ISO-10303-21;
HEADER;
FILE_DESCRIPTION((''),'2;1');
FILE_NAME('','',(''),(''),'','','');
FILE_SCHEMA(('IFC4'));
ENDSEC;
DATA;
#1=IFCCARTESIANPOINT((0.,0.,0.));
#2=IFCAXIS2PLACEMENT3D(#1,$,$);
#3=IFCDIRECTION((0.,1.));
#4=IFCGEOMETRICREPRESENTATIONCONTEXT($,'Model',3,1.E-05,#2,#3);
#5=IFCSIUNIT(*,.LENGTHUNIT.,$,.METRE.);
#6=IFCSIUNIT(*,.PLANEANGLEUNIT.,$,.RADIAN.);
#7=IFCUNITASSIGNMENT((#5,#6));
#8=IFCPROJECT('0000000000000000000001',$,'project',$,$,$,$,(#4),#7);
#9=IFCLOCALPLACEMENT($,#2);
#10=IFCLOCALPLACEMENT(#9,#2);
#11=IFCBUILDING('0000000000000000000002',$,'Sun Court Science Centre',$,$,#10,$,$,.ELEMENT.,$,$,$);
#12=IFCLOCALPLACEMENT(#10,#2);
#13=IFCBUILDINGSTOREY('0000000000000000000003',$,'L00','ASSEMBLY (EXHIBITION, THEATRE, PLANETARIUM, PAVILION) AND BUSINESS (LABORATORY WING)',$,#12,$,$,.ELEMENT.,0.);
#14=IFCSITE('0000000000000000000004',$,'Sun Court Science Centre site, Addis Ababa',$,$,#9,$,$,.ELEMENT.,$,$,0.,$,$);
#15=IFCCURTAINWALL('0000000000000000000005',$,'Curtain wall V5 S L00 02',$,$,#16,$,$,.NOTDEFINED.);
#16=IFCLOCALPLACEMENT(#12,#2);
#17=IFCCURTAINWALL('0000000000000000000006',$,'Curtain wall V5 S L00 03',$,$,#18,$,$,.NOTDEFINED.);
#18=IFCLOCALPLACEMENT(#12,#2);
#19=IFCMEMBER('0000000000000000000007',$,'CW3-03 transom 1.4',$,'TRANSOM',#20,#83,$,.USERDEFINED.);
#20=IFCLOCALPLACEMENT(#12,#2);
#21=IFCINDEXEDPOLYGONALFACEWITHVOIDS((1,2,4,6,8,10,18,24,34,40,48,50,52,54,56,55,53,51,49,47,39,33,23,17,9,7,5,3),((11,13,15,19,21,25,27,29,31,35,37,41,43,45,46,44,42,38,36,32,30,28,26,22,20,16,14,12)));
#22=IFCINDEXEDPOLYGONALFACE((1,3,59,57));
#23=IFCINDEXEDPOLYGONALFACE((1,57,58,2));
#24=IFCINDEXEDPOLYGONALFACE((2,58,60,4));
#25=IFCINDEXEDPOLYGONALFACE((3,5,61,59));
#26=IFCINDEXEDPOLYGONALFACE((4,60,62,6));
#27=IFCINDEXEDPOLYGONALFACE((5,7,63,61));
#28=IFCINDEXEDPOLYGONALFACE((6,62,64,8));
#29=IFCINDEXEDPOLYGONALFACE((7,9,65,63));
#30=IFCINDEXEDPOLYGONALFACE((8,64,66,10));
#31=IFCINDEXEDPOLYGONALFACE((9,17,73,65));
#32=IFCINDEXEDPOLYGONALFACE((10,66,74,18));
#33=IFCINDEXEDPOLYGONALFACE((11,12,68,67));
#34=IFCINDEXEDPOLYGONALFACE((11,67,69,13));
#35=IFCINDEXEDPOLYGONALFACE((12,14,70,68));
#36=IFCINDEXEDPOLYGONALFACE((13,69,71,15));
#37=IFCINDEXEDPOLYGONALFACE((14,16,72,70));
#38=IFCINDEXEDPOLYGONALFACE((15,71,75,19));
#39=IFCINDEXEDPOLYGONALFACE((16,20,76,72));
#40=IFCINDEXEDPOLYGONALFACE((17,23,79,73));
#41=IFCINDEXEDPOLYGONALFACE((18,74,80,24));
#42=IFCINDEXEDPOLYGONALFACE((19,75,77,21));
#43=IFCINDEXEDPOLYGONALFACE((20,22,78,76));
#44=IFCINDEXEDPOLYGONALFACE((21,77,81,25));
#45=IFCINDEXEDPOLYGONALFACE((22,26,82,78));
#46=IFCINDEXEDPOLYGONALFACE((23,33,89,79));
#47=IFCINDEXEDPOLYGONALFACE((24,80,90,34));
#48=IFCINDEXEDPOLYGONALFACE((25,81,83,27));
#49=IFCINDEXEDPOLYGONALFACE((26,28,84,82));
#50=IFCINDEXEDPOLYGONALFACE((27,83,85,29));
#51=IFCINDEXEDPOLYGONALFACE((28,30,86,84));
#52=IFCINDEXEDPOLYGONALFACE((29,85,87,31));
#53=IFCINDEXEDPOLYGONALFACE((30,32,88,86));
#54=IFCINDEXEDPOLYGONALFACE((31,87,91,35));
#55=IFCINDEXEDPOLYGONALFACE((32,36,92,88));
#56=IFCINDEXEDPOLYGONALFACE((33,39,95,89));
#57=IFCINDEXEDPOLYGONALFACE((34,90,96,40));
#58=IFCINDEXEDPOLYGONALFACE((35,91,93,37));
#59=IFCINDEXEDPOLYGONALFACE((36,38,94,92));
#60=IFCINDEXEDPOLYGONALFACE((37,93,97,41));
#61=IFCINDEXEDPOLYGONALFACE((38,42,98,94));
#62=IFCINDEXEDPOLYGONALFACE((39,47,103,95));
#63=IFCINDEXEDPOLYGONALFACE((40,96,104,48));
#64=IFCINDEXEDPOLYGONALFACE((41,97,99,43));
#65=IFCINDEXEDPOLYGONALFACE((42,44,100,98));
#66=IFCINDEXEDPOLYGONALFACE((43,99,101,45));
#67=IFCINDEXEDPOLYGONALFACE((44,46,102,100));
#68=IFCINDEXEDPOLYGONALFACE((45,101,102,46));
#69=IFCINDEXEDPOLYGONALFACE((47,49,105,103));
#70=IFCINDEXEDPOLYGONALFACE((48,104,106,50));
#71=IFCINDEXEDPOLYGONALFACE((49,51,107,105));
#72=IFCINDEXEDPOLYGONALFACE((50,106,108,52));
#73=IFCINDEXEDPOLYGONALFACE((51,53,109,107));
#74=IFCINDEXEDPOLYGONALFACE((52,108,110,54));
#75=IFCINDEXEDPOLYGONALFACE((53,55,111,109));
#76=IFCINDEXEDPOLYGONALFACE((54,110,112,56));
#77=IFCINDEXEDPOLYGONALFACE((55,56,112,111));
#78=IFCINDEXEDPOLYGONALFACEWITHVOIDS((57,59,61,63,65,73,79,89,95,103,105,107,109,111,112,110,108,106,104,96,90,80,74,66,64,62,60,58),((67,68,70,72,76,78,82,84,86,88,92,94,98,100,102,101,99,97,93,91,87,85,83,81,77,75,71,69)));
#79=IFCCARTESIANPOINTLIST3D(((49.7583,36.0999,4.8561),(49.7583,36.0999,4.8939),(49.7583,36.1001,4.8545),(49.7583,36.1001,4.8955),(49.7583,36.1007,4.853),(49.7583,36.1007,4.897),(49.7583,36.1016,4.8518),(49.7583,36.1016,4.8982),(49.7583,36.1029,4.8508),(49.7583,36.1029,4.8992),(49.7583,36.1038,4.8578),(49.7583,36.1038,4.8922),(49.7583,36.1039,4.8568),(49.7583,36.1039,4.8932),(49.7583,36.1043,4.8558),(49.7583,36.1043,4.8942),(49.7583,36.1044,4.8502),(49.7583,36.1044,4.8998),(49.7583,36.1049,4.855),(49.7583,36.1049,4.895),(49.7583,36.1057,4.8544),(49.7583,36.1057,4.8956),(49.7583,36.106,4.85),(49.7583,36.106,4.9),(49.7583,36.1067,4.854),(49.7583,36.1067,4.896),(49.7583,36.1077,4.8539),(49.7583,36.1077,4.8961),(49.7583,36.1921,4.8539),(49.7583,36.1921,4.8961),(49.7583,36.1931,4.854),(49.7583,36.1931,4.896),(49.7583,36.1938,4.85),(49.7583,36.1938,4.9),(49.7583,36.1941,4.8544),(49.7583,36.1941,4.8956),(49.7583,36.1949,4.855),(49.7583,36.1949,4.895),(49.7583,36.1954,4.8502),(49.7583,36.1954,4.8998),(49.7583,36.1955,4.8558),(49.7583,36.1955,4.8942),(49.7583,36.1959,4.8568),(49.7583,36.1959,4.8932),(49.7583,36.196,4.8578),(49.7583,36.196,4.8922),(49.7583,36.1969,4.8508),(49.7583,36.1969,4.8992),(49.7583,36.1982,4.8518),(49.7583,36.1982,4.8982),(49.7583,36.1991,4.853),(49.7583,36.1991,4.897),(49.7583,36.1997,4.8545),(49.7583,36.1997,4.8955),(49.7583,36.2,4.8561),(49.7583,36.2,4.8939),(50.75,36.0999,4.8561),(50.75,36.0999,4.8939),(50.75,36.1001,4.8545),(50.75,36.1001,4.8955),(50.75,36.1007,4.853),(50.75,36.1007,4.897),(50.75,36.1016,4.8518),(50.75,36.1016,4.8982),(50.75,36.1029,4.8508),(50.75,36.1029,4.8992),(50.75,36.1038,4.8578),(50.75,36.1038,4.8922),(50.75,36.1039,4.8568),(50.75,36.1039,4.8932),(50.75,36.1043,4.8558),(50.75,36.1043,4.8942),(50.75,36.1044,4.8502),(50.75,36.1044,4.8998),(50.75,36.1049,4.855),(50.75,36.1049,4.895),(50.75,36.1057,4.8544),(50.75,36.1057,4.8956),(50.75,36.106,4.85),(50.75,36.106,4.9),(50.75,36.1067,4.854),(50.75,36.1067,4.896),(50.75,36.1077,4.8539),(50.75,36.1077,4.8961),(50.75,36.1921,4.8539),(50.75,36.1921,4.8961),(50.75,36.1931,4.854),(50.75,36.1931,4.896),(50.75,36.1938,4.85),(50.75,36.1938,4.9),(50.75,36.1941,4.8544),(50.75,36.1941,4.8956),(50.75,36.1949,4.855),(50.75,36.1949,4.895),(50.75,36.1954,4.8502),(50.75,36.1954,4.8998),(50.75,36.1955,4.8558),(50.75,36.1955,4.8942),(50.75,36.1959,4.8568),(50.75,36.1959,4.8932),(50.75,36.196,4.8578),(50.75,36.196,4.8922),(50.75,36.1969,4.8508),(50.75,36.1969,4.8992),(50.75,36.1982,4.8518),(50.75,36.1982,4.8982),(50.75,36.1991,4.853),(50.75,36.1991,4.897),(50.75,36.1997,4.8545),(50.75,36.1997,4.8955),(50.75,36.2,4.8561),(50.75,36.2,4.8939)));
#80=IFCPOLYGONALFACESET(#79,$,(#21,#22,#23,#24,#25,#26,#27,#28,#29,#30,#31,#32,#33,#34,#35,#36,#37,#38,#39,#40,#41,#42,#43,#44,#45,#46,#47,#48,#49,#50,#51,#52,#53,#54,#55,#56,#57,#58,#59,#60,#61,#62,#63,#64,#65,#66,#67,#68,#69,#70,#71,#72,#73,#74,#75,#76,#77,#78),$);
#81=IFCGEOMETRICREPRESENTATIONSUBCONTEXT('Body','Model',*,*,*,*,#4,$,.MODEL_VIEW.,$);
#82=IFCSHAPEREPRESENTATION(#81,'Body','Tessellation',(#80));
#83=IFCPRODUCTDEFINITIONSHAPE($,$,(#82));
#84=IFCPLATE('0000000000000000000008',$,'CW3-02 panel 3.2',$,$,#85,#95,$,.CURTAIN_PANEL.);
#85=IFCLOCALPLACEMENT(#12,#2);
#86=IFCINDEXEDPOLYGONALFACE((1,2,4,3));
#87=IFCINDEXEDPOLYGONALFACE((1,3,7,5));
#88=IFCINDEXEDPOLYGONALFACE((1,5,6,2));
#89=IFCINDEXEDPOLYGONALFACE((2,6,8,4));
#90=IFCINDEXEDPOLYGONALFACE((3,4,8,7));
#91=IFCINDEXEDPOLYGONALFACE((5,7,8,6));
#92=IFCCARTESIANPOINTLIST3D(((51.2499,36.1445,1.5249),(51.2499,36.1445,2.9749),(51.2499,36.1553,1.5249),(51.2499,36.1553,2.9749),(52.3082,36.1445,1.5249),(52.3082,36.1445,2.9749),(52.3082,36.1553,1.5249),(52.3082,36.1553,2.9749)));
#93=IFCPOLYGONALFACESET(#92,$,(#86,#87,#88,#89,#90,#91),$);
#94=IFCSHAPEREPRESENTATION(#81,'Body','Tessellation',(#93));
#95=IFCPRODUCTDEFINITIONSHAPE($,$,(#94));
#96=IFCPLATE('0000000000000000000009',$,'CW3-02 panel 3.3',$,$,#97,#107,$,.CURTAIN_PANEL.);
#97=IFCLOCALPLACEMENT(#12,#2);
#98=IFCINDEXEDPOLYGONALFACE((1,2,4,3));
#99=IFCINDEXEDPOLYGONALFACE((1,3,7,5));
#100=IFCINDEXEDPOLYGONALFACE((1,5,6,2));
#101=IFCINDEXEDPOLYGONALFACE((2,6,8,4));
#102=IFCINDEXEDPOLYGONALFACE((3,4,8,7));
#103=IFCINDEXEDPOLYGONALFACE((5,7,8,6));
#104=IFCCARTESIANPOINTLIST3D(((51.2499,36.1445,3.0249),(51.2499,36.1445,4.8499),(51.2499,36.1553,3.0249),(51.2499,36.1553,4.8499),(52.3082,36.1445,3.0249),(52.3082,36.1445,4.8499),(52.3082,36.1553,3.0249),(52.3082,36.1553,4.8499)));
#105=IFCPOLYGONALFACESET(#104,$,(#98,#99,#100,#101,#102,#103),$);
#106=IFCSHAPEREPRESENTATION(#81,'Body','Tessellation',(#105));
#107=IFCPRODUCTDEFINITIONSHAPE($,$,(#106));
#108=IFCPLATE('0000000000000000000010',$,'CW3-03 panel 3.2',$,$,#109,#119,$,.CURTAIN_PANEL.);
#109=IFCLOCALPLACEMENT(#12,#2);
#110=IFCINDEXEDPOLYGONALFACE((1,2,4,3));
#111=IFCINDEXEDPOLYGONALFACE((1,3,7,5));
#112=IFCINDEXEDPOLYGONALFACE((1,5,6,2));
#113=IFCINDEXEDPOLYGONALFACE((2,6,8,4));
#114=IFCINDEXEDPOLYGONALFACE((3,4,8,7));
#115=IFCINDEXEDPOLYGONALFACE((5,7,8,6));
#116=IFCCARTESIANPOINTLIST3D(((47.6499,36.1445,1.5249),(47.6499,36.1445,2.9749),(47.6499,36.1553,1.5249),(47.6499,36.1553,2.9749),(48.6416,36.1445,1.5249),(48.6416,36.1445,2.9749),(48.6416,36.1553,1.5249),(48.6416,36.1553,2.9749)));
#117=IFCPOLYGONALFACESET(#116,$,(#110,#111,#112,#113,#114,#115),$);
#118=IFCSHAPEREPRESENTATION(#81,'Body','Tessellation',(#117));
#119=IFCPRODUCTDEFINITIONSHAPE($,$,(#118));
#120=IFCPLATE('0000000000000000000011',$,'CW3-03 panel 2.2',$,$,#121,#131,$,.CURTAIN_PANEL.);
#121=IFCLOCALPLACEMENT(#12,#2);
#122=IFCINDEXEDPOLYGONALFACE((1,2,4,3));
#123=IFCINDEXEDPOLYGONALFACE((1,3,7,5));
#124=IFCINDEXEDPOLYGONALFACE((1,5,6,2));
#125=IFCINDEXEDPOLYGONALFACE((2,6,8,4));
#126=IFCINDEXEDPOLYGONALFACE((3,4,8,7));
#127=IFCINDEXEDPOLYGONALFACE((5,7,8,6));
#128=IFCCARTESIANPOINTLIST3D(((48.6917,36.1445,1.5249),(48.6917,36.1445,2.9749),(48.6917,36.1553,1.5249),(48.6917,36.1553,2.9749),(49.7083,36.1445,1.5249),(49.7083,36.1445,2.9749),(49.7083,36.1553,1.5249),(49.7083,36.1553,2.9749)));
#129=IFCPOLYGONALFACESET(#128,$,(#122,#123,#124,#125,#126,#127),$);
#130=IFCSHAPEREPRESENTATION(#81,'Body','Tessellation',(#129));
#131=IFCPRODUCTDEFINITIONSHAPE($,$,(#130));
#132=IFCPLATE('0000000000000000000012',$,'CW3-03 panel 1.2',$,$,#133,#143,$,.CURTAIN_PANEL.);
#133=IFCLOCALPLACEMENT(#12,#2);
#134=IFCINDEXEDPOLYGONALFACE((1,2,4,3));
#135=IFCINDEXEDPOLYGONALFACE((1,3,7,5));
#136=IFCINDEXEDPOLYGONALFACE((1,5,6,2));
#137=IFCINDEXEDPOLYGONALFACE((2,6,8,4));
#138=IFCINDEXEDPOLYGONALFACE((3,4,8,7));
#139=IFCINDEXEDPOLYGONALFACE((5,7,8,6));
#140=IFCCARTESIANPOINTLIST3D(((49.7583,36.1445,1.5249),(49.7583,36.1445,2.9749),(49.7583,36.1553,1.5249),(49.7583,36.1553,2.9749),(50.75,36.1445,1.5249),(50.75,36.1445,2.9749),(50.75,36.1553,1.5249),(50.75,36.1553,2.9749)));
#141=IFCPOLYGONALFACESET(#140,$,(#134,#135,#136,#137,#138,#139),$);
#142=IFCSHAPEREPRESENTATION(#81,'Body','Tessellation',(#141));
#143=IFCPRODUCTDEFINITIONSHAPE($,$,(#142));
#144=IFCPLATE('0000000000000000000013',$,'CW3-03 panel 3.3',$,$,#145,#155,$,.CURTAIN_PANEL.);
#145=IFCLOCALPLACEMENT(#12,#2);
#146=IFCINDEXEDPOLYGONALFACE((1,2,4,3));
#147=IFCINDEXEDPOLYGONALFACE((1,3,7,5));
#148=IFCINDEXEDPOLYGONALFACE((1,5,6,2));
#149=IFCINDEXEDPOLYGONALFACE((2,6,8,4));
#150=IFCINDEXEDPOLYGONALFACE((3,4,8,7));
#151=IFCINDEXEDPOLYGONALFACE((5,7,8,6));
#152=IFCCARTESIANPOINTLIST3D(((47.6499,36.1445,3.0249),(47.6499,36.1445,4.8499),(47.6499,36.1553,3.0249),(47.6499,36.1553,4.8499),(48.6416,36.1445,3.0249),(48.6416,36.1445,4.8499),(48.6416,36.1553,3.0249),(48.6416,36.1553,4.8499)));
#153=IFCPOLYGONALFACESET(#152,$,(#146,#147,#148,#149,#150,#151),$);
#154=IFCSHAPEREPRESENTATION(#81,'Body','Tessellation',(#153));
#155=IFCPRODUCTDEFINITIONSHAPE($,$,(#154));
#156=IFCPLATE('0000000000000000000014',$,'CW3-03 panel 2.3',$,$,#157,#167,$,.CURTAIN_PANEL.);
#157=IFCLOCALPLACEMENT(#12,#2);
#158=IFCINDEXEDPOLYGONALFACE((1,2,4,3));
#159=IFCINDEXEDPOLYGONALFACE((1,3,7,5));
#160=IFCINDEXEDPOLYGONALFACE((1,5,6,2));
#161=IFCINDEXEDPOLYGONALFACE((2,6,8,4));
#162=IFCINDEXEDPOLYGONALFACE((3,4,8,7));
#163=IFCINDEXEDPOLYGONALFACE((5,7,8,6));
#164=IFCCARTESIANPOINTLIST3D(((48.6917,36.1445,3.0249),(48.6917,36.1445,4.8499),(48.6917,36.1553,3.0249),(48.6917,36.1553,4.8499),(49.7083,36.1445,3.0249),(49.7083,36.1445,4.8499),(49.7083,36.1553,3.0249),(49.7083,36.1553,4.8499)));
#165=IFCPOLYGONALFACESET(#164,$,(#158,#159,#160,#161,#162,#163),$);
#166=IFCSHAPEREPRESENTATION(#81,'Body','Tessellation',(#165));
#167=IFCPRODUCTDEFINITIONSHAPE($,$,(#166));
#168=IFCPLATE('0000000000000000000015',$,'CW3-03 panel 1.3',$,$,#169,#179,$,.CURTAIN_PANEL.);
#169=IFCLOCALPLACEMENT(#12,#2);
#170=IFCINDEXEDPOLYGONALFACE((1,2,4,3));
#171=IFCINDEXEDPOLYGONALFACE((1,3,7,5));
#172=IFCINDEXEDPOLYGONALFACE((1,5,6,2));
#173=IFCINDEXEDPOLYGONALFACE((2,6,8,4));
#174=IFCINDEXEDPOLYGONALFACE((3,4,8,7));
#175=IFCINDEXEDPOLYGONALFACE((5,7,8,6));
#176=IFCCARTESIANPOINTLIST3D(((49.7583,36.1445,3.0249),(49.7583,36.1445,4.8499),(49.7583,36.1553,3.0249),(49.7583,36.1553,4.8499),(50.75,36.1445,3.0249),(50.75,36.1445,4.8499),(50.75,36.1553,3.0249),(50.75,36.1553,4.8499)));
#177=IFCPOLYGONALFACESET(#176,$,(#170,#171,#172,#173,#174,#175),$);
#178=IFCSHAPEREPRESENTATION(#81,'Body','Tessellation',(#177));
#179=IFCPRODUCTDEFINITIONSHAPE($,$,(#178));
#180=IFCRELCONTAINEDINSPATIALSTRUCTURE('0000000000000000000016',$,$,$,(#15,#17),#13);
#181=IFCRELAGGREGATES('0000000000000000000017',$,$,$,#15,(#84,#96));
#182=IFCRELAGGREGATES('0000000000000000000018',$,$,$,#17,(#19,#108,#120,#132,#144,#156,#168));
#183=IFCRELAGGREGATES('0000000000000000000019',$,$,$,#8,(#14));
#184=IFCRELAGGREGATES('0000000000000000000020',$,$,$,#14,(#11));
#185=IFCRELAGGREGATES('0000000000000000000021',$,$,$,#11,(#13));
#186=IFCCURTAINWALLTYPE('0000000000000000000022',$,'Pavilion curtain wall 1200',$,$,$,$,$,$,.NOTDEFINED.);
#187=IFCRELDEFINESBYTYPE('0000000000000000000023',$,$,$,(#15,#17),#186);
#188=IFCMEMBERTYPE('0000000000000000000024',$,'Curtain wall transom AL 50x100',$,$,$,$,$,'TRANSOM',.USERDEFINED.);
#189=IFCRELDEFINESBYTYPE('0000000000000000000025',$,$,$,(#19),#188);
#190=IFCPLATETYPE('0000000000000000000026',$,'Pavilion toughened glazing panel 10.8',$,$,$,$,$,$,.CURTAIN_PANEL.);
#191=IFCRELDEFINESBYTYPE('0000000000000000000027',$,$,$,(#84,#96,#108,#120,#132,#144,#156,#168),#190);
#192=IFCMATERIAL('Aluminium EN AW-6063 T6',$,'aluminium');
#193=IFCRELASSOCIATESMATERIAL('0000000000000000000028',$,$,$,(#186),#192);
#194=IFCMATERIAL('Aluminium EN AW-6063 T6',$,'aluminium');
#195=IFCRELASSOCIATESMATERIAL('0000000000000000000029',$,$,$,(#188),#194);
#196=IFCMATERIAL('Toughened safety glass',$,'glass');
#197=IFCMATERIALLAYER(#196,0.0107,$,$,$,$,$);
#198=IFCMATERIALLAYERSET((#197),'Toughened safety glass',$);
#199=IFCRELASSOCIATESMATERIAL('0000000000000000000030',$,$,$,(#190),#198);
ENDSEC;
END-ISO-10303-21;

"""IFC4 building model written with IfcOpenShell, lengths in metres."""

from ifc_helpers import new_model, si_unit, direction, frame, origin, origin_2d, place, context, subcontext, project, spatial, rectangle, hollow_rectangle, extrude, material, layer, layer_set, material_profile, profile_set, type_object, element, aggregate, save


model = new_model("IFC4")

# Units and contexts
model_context = context("Model", 3, precision=1e-05, world=origin(), true_north=direction((0.0, 1.0)))
body_context = subcontext(model_context, "Body", "Model", "MODEL_VIEW")
ifc_project = project(units=[si_unit("LENGTHUNIT", "METRE"), si_unit("PLANEANGLEUNIT", "RADIAN")], contexts=[model_context])

# Site, building, storey
site_placement = place(None, origin())
site = spatial("IfcSite", under=ifc_project, at=site_placement, Name="Sun Court Science Centre site, Addis Ababa", CompositionType="ELEMENT", RefElevation=0.0)
building_placement = place(site_placement, origin())
building = spatial("IfcBuilding", under=site, at=building_placement, Name="Sun Court Science Centre", CompositionType="ELEMENT")
storey_placement = place(building_placement, origin())
storey = spatial("IfcBuildingStorey", under=building, at=storey_placement, Name="L00", Description="ASSEMBLY (EXHIBITION, THEATRE, PLANETARIUM, PAVILION) AND BUSINESS (LABORATORY WING)", CompositionType="ELEMENT", Elevation=0.0)

# Curtain walls, member
ifc_material_1 = material(Name="Aluminium EN AW-6063 T6", Category="aluminium")
curtain_wall_type = type_object("IfcCurtainWallType", Name="Pavilion curtain wall 1200", PredefinedType="NOTDEFINED", material=ifc_material_1)
curtain_wall_1_placement = place(storey_placement, origin())
curtain_wall_1 = element("IfcCurtainWall", 1, at=curtain_wall_1_placement, inside=storey, type_object=curtain_wall_type, Name="Curtain wall V5 S L00 02", PredefinedType="NOTDEFINED")
ifc_material_2 = material(Name="Aluminium EN AW-6063 T6", Category="aluminium")
ifc_material_profile = material_profile(ifc_material_2, hollow_rectangle(XDim=0.05, YDim=0.1001, WallThickness=0.0039, InnerFilletRadius=0.0039, OuterFilletRadius=0.0061, at=origin_2d()), Name="AL 50x100x4")
ifc_profile_set = profile_set([ifc_material_profile], Name="Aluminium EN AW-6063 T6")
member_type = type_object("IfcMemberType", Name="Curtain wall transom AL 50x100", ElementType="TRANSOM", PredefinedType="USERDEFINED", material=ifc_profile_set)
curtain_wall_2_placement = place(storey_placement, origin())
curtain_wall_2 = element("IfcCurtainWall", 2, at=curtain_wall_2_placement, inside=storey, type_object=curtain_wall_type, Name="Curtain wall V5 S L00 03", PredefinedType="NOTDEFINED")
member_1_placement = place(storey_placement, frame((50.75, 36.1499, 4.875), z_axis=(-1.0, 0.0, 0.0), x_axis=(0.0, 0.0, 1.0)))
member_1 = element("IfcMember", 3, at=member_1_placement, type_object=member_type, Name="CW3-03 transom 1.4", ObjectType="TRANSOM", PredefinedType="USERDEFINED", context=body_context, shape_type="SweptSolid", body=[
    extrude(hollow_rectangle(XDim=0.05, YDim=0.1001, WallThickness=0.0039, InnerFilletRadius=0.0039, OuterFilletRadius=0.0061, at=origin_2d()), origin(), (0.0, 0.0, 1.0), 0.9917),
])

# Plates
ifc_material_3 = material(Name="Toughened safety glass", Category="glass")
ifc_layer = layer(ifc_material_3, 0.0107)
ifc_layer_set = layer_set([ifc_layer], Name="Toughened safety glass")
plate_type = type_object("IfcPlateType", Name="Pavilion toughened glazing panel 10.8", PredefinedType="CURTAIN_PANEL", material=ifc_layer_set)
plate_1_placement = place(storey_placement, frame((51.7791, 36.1499, 1.5249), z_axis=(0.0, 0.0, 1.0), x_axis=(-1.0, 0.0, 0.0)))
plate_1 = element("IfcPlate", 4, at=plate_1_placement, type_object=plate_type, Name="CW3-02 panel 3.2", PredefinedType="CURTAIN_PANEL", context=body_context, shape_type="SweptSolid", body=[
    extrude(rectangle(XDim=1.0583, YDim=0.0107, at=origin_2d()), origin(), (0.0, 0.0, 1.0), 1.45),
])
plate_2_placement = place(storey_placement, frame((51.7791, 36.1499, 3.0249), z_axis=(0.0, 0.0, 1.0), x_axis=(-1.0, 0.0, 0.0)))
plate_2 = element("IfcPlate", 5, at=plate_2_placement, type_object=plate_type, Name="CW3-02 panel 3.3", PredefinedType="CURTAIN_PANEL", context=body_context, shape_type="SweptSolid", body=[
    extrude(rectangle(XDim=1.0583, YDim=0.0107, at=origin_2d()), origin(), (0.0, 0.0, 1.0), 1.825),
])
aggregate(curtain_wall_1, [plate_1, plate_2])
plate_3_placement = place(storey_placement, frame((48.1458, 36.1499, 1.5249), z_axis=(0.0, 0.0, 1.0), x_axis=(-1.0, 0.0, 0.0)))
plate_3 = element("IfcPlate", 6, at=plate_3_placement, type_object=plate_type, Name="CW3-03 panel 3.2", PredefinedType="CURTAIN_PANEL", context=body_context, shape_type="SweptSolid", body=[
    extrude(rectangle(XDim=0.9917, YDim=0.0107, at=origin_2d()), origin(), (0.0, 0.0, 1.0), 1.45),
])
plate_4_placement = place(storey_placement, frame((49.2, 36.1499, 1.5249), z_axis=(0.0, 0.0, 1.0), x_axis=(-1.0, 0.0, 0.0)))
plate_4 = element("IfcPlate", 7, at=plate_4_placement, type_object=plate_type, Name="CW3-03 panel 2.2", PredefinedType="CURTAIN_PANEL", context=body_context, shape_type="SweptSolid", body=[
    extrude(rectangle(XDim=1.0166, YDim=0.0107, at=origin_2d()), origin(), (0.0, 0.0, 1.0), 1.45),
])
plate_5_placement = place(storey_placement, frame((50.2542, 36.1499, 1.5249), z_axis=(0.0, 0.0, 1.0), x_axis=(-1.0, 0.0, 0.0)))
plate_5 = element("IfcPlate", 8, at=plate_5_placement, type_object=plate_type, Name="CW3-03 panel 1.2", PredefinedType="CURTAIN_PANEL", context=body_context, shape_type="SweptSolid", body=[
    extrude(rectangle(XDim=0.9917, YDim=0.0107, at=origin_2d()), origin(), (0.0, 0.0, 1.0), 1.45),
])
plate_6_placement = place(storey_placement, frame((48.1458, 36.1499, 3.0249), z_axis=(0.0, 0.0, 1.0), x_axis=(-1.0, 0.0, 0.0)))
plate_6 = element("IfcPlate", 9, at=plate_6_placement, type_object=plate_type, Name="CW3-03 panel 3.3", PredefinedType="CURTAIN_PANEL", context=body_context, shape_type="SweptSolid", body=[
    extrude(rectangle(XDim=0.9917, YDim=0.0107, at=origin_2d()), origin(), (0.0, 0.0, 1.0), 1.825),
])
plate_7_placement = place(storey_placement, frame((49.2, 36.1499, 3.0249), z_axis=(0.0, 0.0, 1.0), x_axis=(-1.0, 0.0, 0.0)))
plate_7 = element("IfcPlate", 10, at=plate_7_placement, type_object=plate_type, Name="CW3-03 panel 2.3", PredefinedType="CURTAIN_PANEL", context=body_context, shape_type="SweptSolid", body=[
    extrude(rectangle(XDim=1.0166, YDim=0.0107, at=origin_2d()), origin(), (0.0, 0.0, 1.0), 1.825),
])
plate_8_placement = place(storey_placement, frame((50.2542, 36.1499, 3.0249), z_axis=(0.0, 0.0, 1.0), x_axis=(-1.0, 0.0, 0.0)))
plate_8 = element("IfcPlate", 11, at=plate_8_placement, type_object=plate_type, Name="CW3-03 panel 1.3", PredefinedType="CURTAIN_PANEL", context=body_context, shape_type="SweptSolid", body=[
    extrude(rectangle(XDim=0.9917, YDim=0.0107, at=origin_2d()), origin(), (0.0, 0.0, 1.0), 1.825),
])
aggregate(curtain_wall_2, [member_1, plate_3, plate_4, plate_5, plate_6, plate_7, plate_8])

save(model, "model.ifc")
